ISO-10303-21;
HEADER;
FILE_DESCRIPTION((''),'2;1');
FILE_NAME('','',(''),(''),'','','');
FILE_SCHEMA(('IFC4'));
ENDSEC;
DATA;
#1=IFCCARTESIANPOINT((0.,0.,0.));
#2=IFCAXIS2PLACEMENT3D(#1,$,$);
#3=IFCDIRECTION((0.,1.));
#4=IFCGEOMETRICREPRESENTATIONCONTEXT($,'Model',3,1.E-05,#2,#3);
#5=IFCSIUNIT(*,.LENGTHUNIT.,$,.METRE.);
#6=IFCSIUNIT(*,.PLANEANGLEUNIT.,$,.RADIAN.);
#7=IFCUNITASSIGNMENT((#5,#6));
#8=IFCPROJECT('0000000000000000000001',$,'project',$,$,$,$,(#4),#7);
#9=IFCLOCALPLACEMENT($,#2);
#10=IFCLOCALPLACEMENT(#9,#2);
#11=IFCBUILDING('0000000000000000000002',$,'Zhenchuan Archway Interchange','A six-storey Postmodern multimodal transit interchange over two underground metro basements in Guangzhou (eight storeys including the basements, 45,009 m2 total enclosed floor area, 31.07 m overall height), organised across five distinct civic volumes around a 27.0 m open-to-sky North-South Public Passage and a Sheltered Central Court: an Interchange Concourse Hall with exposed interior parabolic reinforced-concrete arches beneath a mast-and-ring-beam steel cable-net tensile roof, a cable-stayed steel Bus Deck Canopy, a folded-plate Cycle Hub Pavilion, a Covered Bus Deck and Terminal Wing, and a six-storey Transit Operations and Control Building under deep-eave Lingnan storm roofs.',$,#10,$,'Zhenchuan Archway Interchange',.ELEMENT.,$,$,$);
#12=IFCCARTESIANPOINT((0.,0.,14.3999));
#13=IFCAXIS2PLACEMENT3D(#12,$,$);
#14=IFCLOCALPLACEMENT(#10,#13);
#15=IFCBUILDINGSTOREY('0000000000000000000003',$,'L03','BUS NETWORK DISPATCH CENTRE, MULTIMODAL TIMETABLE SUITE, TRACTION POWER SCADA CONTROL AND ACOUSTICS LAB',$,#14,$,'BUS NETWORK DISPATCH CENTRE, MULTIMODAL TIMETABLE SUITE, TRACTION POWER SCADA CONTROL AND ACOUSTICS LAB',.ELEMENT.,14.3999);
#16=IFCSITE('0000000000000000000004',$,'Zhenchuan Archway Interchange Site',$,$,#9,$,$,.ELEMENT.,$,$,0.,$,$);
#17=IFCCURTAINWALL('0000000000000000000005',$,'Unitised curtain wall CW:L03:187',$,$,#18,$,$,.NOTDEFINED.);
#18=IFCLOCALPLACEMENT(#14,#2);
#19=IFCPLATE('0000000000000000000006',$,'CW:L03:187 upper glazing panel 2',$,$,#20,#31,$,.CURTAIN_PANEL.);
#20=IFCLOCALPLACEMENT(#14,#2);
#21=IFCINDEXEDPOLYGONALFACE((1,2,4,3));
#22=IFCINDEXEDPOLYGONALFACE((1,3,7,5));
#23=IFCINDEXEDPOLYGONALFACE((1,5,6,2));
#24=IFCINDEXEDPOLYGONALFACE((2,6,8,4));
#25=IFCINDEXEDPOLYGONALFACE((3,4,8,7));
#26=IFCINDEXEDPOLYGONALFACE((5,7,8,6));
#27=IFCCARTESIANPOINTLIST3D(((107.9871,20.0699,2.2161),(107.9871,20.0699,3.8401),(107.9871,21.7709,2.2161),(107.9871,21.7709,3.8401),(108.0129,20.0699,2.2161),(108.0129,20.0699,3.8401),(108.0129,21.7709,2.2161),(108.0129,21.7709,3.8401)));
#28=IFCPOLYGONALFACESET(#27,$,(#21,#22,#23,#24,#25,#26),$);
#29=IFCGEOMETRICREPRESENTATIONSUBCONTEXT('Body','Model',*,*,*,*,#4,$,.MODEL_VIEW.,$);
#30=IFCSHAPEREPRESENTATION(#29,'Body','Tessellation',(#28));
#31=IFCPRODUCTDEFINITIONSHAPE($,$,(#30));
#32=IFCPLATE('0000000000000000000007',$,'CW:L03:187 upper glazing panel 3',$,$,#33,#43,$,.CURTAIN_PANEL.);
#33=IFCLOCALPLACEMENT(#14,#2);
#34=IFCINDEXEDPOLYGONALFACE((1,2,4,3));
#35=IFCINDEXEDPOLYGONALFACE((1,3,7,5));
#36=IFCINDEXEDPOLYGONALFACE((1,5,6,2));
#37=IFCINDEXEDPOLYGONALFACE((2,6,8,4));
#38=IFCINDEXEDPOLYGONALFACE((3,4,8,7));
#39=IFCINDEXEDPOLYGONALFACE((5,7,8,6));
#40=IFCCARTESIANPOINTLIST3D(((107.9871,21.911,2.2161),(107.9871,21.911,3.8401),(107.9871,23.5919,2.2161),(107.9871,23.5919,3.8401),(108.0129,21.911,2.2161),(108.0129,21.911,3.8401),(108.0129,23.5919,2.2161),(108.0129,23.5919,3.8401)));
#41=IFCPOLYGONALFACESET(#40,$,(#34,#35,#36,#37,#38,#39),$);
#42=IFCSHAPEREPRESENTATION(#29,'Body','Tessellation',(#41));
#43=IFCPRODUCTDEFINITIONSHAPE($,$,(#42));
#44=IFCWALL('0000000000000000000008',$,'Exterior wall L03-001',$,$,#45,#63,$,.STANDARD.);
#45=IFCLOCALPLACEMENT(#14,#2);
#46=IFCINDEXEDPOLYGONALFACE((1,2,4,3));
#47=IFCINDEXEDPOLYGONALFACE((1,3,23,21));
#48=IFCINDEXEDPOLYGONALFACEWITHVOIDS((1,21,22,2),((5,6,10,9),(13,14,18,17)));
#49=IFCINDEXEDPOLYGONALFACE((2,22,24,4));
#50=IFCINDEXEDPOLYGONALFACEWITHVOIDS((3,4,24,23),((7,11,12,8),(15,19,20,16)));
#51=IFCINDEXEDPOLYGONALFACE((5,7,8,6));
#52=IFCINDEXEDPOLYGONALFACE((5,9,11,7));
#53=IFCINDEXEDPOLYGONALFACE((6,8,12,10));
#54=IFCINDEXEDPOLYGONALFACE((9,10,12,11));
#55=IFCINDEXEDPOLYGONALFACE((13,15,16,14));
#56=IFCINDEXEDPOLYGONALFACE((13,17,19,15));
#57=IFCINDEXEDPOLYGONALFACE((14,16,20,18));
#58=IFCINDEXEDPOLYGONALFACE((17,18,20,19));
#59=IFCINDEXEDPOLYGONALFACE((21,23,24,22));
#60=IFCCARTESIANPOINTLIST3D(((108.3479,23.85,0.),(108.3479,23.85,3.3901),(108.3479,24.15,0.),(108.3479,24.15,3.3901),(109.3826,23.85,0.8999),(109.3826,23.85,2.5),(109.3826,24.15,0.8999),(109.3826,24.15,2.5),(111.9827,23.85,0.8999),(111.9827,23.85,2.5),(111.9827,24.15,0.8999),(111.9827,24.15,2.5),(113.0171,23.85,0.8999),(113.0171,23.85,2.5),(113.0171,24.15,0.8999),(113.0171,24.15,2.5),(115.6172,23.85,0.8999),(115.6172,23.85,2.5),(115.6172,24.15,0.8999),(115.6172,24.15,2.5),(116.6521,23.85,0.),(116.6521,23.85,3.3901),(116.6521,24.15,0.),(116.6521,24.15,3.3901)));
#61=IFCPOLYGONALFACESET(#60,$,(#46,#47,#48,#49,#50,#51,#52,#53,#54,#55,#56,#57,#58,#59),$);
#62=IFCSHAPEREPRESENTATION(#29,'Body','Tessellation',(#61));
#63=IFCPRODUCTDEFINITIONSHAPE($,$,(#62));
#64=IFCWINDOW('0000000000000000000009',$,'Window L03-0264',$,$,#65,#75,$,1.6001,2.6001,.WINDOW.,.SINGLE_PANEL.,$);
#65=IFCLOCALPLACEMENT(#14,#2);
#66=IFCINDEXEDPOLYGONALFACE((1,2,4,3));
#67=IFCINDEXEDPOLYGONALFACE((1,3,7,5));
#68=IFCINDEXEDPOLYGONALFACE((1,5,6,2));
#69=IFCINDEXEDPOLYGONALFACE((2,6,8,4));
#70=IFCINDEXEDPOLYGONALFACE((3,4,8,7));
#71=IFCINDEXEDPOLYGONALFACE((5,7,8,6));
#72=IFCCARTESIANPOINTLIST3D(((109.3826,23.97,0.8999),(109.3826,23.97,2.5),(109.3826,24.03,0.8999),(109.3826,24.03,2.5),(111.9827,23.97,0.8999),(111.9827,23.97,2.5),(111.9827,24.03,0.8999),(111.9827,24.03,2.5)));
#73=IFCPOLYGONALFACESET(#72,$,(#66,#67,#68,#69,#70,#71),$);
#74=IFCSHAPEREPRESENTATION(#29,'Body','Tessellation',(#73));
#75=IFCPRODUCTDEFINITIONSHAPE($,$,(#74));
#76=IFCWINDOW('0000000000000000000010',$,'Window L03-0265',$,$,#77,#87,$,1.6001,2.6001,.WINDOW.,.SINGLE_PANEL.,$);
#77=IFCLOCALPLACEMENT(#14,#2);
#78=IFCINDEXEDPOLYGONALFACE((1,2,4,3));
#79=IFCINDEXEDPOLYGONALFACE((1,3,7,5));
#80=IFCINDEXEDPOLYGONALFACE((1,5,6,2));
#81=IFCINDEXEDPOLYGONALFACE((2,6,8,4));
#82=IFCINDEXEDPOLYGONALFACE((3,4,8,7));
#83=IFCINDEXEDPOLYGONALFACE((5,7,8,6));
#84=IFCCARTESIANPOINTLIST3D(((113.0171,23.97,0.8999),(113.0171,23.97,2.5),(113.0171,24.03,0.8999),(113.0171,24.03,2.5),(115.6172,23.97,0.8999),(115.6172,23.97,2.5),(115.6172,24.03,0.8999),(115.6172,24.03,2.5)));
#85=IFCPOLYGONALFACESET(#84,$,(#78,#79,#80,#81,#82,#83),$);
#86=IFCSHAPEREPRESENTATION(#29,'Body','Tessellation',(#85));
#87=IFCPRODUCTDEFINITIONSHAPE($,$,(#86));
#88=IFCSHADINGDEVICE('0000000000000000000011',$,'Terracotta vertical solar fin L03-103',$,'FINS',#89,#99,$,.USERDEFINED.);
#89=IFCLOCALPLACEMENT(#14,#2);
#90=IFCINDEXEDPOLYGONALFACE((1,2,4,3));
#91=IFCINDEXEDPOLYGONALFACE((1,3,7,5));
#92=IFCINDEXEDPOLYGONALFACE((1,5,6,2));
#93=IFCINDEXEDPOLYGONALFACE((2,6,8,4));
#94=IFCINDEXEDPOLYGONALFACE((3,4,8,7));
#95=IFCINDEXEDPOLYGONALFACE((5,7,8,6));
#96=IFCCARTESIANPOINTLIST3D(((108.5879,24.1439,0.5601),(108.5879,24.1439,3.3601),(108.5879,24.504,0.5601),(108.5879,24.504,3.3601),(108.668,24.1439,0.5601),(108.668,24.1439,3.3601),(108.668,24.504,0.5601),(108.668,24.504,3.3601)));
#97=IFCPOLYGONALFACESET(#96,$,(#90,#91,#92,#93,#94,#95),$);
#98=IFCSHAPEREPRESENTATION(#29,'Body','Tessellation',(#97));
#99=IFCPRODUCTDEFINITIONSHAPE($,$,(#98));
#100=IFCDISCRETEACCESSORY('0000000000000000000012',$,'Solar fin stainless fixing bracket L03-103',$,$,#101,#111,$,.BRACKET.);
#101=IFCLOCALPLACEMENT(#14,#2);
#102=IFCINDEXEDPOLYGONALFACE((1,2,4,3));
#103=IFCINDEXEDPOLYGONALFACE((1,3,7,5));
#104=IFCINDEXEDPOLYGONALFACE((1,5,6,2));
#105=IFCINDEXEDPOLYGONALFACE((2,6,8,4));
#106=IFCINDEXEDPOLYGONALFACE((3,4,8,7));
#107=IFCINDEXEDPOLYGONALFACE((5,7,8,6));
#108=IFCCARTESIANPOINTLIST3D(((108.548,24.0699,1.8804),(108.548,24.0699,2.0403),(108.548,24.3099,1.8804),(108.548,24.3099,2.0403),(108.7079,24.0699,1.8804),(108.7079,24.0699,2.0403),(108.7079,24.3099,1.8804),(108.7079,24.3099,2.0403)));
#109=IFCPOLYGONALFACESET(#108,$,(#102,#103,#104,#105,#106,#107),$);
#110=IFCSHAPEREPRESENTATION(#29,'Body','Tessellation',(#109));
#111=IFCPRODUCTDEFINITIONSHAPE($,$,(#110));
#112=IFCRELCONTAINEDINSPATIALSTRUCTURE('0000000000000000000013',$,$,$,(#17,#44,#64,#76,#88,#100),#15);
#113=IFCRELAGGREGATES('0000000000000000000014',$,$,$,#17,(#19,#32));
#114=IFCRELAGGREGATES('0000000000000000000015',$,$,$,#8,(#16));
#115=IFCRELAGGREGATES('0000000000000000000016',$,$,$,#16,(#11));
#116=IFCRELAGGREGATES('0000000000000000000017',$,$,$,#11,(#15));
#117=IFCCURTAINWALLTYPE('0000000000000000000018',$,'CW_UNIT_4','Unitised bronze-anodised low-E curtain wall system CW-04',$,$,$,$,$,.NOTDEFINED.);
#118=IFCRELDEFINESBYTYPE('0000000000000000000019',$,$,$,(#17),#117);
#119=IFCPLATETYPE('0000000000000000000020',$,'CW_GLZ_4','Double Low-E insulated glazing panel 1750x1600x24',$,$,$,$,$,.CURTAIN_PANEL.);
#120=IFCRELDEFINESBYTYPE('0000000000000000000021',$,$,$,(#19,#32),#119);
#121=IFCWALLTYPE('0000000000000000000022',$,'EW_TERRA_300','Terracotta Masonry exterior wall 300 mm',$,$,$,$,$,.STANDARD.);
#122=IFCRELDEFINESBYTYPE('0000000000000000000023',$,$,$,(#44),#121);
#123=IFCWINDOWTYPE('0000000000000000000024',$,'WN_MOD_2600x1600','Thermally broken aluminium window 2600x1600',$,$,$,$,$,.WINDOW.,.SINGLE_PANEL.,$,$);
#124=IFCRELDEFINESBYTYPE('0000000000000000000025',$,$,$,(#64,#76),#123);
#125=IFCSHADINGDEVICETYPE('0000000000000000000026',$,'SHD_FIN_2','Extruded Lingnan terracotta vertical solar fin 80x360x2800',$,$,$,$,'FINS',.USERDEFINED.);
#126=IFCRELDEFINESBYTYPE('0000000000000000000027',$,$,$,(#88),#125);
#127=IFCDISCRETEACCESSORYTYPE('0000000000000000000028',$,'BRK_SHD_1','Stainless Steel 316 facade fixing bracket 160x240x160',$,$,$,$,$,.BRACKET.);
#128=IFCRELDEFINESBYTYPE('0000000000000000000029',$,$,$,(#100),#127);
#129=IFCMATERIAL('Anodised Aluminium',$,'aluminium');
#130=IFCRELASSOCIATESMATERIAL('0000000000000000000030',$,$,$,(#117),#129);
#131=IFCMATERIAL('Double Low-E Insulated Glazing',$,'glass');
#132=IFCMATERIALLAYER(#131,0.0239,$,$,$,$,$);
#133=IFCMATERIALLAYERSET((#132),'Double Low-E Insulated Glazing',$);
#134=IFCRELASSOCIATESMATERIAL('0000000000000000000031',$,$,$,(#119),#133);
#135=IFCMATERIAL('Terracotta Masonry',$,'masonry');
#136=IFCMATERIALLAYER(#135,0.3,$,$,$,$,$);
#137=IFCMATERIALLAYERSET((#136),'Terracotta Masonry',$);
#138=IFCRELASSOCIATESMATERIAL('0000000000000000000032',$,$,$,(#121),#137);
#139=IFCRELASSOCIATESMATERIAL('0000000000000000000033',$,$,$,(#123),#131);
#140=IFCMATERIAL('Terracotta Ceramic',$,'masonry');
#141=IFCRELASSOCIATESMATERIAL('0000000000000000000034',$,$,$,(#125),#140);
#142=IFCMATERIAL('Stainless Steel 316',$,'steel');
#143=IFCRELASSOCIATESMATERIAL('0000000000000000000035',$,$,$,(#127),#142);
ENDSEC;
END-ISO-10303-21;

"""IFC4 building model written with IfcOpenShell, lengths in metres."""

from ifc_helpers import new_model, si_unit, direction, frame, frame_2d, origin, origin_2d, place, context, subcontext, project, spatial, rectangle, extrude, material, layer, layer_set, type_object, element, fill, aggregate, save


model = new_model("IFC4")

# Units and contexts
model_context = context("Model", 3, precision=1e-05, world=origin(), true_north=direction((0.0, 1.0)))
body_context = subcontext(model_context, "Body", "Model", "MODEL_VIEW")
ifc_project = project(units=[si_unit("LENGTHUNIT", "METRE"), si_unit("PLANEANGLEUNIT", "RADIAN")], contexts=[model_context])

# Site, building, storey
site_placement = place(None, origin())
site = spatial("IfcSite", under=ifc_project, at=site_placement, Name="Zhenchuan Archway Interchange Site", CompositionType="ELEMENT", RefElevation=0.0)
building_placement = place(site_placement, origin())
building = spatial("IfcBuilding", under=site, at=building_placement, Name="Zhenchuan Archway Interchange", Description="A six-storey Postmodern multimodal transit interchange over two underground metro basements in Guangzhou (eight storeys including the basements, 45,009 m2 total enclosed floor area, 31.07 m overall height), organised across five distinct civic volumes around a 27.0 m open-to-sky North-South Public Passage and a Sheltered Central Court: an Interchange Concourse Hall with exposed interior parabolic reinforced-concrete arches beneath a mast-and-ring-beam steel cable-net tensile roof, a cable-stayed steel Bus Deck Canopy, a folded-plate Cycle Hub Pavilion, a Covered Bus Deck and Terminal Wing, and a six-storey Transit Operations and Control Building under deep-eave Lingnan storm roofs.", LongName="Zhenchuan Archway Interchange", CompositionType="ELEMENT")
storey_placement = place(building_placement, frame((0.0, 0.0, 14.3999)))
storey = spatial("IfcBuildingStorey", under=building, at=storey_placement, Name="L03", Description="BUS NETWORK DISPATCH CENTRE, MULTIMODAL TIMETABLE SUITE, TRACTION POWER SCADA CONTROL AND ACOUSTICS LAB", LongName="BUS NETWORK DISPATCH CENTRE, MULTIMODAL TIMETABLE SUITE, TRACTION POWER SCADA CONTROL AND ACOUSTICS LAB", CompositionType="ELEMENT", Elevation=14.3999)

# Curtain wall
ifc_material_1 = material(Name="Anodised Aluminium", Category="aluminium")
curtain_wall_type_1 = type_object("IfcCurtainWallType", Name="CW_UNIT_4", Description="Unitised bronze-anodised low-E curtain wall system CW-04", PredefinedType="NOTDEFINED", material=ifc_material_1)
curtain_wall_1_placement = place(storey_placement, origin())
curtain_wall_1 = element("IfcCurtainWall", 1, at=curtain_wall_1_placement, inside=storey, type_object=curtain_wall_type_1, Name="Unitised curtain wall CW:L03:187", PredefinedType="NOTDEFINED")

# Plates
ifc_material_2 = material(Name="Double Low-E Insulated Glazing", Category="glass")
ifc_layer_1 = layer(ifc_material_2, 0.0239)
ifc_layer_set_1 = layer_set([ifc_layer_1], Name="Double Low-E Insulated Glazing")
plate_type_1 = type_object("IfcPlateType", Name="CW_GLZ_4", Description="Double Low-E insulated glazing panel 1750x1600x24", PredefinedType="CURTAIN_PANEL", material=ifc_layer_set_1)
plate_1_placement = place(storey_placement, frame((108.0, 20.9204, 2.2161), z_axis=(0.0, 0.0, 1.0), x_axis=(0.0, 1.0, 0.0)))
plate_1 = element("IfcPlate", 2, at=plate_1_placement, type_object=plate_type_1, Name="CW:L03:187 upper glazing panel 2", PredefinedType="CURTAIN_PANEL", context=body_context, shape_type="SweptSolid", body=[
    extrude(rectangle(XDim=1.7009, YDim=0.0259, at=origin_2d()), origin(), (0.0, 0.0, 1.0), 1.624),
])
plate_2_placement = place(storey_placement, frame((108.0, 22.7515, 2.2161), z_axis=(0.0, 0.0, 1.0), x_axis=(0.0, 1.0, 0.0)))
plate_2 = element("IfcPlate", 3, at=plate_2_placement, type_object=plate_type_1, Name="CW:L03:187 upper glazing panel 3", PredefinedType="CURTAIN_PANEL", context=body_context, shape_type="SweptSolid", body=[
    extrude(rectangle(XDim=1.6809, YDim=0.0259, at=origin_2d()), origin(), (0.0, 0.0, 1.0), 1.624),
])
aggregate(curtain_wall_1, [plate_1, plate_2])

# Wall, openings, windows
ifc_material_3 = material(Name="Terracotta Masonry", Category="masonry")
ifc_layer_2 = layer(ifc_material_3, 0.3)
ifc_layer_set_2 = layer_set([ifc_layer_2], Name="Terracotta Masonry")
wall_type = type_object("IfcWallType", Name="EW_TERRA_300", Description="Terracotta Masonry exterior wall 300 mm", PredefinedType="STANDARD", material=ifc_layer_set_2)
wall_placement = place(storey_placement, frame((108.3479, 24.0, 0.0), z_axis=(0.0, 0.0, 1.0), x_axis=(1.0, 0.0, 0.0)))
wall = element("IfcWall", 4, at=wall_placement, inside=storey, type_object=wall_type, Name="Exterior wall L03-001", PredefinedType="STANDARD", context=body_context, shape_type="SweptSolid", body=[
    extrude(rectangle(XDim=8.3042, YDim=0.3, at=frame_2d((4.1521, 0.0))), origin(), (0.0, 0.0, 1.0), 3.3901),
])
opening_1_placement = place(wall_placement, frame((1.0347, 0.0, 0.8999)))
opening_1 = element("IfcOpeningElement", 5, at=opening_1_placement, cuts=wall, PredefinedType="OPENING", context=body_context, shape_type="SweptSolid", body=[
    extrude(rectangle(XDim=2.6001, YDim=1.6001, at=frame_2d((1.3, 0.8))), frame((0.0, 0.1621, 0.0), z_axis=(0.0, -1.0, 0.0), x_axis=(1.0, 0.0, 0.0)), (0.0, 0.0, 1.0), 0.324),
])
opening_2_placement = place(wall_placement, frame((4.6692, 0.0, 0.8999)))
opening_2 = element("IfcOpeningElement", 6, at=opening_2_placement, cuts=wall, PredefinedType="OPENING", context=body_context, shape_type="SweptSolid", body=[
    extrude(rectangle(XDim=2.6001, YDim=1.6001, at=frame_2d((1.3, 0.8))), frame((0.0, 0.1621, 0.0), z_axis=(0.0, -1.0, 0.0), x_axis=(1.0, 0.0, 0.0)), (0.0, 0.0, 1.0), 0.324),
])
window_type = type_object("IfcWindowType", Name="WN_MOD_2600x1600", Description="Thermally broken aluminium window 2600x1600", PartitioningType="SINGLE_PANEL", PredefinedType="WINDOW", material=ifc_material_2)
window_1_placement = place(opening_1_placement, origin())
window_1 = element("IfcWindow", 7, at=window_1_placement, inside=storey, type_object=window_type, Name="Window L03-0264", OverallHeight=1.6001, OverallWidth=2.6001, PartitioningType="SINGLE_PANEL", PredefinedType="WINDOW", context=body_context, shape_type="SweptSolid", body=[
    extrude(rectangle(XDim=2.6001, YDim=1.6001, at=frame_2d((1.3, 0.8))), frame((0.0, 0.03, 0.0), z_axis=(0.0, -1.0, 0.0), x_axis=(1.0, 0.0, 0.0)), (0.0, 0.0, 1.0), 0.0601),
])
fill(opening_1, window_1)
window_2_placement = place(opening_2_placement, origin())
window_2 = element("IfcWindow", 8, at=window_2_placement, inside=storey, type_object=window_type, Name="Window L03-0265", OverallHeight=1.6001, OverallWidth=2.6001, PartitioningType="SINGLE_PANEL", PredefinedType="WINDOW", context=body_context, shape_type="SweptSolid", body=[
    extrude(rectangle(XDim=2.6001, YDim=1.6001, at=frame_2d((1.3, 0.8))), frame((0.0, 0.03, 0.0), z_axis=(0.0, -1.0, 0.0), x_axis=(1.0, 0.0, 0.0)), (0.0, 0.0, 1.0), 0.0601),
])
fill(opening_2, window_2)

# Shading device
ifc_material_4 = material(Name="Terracotta Ceramic", Category="masonry")
shading_device_type = type_object("IfcShadingDeviceType", Name="SHD_FIN_2", Description="Extruded Lingnan terracotta vertical solar fin 80x360x2800", ElementType="FINS", PredefinedType="USERDEFINED", material=ifc_material_4)
shading_device_placement = place(storey_placement, frame((108.6279, 24.324, 0.5601), z_axis=(0.0, 0.0, 1.0), x_axis=(1.0, 0.0, 0.0)))
element("IfcShadingDevice", 9, at=shading_device_placement, inside=storey, type_object=shading_device_type, Name="Terracotta vertical solar fin L03-103", ObjectType="FINS", PredefinedType="USERDEFINED", context=body_context, shape_type="SweptSolid", body=[
    extrude(rectangle(XDim=0.0801, YDim=0.3601, at=origin_2d()), origin(), (0.0, 0.0, 1.0), 2.8),
])

# Discrete accessory
ifc_material_5 = material(Name="Stainless Steel 316", Category="steel")
discrete_accessory_type = type_object("IfcDiscreteAccessoryType", Name="BRK_SHD_1", Description="Stainless Steel 316 facade fixing bracket 160x240x160", PredefinedType="BRACKET", material=ifc_material_5)
discrete_accessory_placement = place(storey_placement, frame((108.6279, 24.1899, 1.8804), z_axis=(0.0, 0.0, 1.0), x_axis=(1.0, 0.0, 0.0)))
element("IfcDiscreteAccessory", 10, at=discrete_accessory_placement, inside=storey, type_object=discrete_accessory_type, Name="Solar fin stainless fixing bracket L03-103", PredefinedType="BRACKET", context=body_context, shape_type="SweptSolid", body=[
    extrude(rectangle(XDim=0.1599, YDim=0.24, at=origin_2d()), origin(), (0.0, 0.0, 1.0), 0.1599),
])

save(model, "model.ifc")
